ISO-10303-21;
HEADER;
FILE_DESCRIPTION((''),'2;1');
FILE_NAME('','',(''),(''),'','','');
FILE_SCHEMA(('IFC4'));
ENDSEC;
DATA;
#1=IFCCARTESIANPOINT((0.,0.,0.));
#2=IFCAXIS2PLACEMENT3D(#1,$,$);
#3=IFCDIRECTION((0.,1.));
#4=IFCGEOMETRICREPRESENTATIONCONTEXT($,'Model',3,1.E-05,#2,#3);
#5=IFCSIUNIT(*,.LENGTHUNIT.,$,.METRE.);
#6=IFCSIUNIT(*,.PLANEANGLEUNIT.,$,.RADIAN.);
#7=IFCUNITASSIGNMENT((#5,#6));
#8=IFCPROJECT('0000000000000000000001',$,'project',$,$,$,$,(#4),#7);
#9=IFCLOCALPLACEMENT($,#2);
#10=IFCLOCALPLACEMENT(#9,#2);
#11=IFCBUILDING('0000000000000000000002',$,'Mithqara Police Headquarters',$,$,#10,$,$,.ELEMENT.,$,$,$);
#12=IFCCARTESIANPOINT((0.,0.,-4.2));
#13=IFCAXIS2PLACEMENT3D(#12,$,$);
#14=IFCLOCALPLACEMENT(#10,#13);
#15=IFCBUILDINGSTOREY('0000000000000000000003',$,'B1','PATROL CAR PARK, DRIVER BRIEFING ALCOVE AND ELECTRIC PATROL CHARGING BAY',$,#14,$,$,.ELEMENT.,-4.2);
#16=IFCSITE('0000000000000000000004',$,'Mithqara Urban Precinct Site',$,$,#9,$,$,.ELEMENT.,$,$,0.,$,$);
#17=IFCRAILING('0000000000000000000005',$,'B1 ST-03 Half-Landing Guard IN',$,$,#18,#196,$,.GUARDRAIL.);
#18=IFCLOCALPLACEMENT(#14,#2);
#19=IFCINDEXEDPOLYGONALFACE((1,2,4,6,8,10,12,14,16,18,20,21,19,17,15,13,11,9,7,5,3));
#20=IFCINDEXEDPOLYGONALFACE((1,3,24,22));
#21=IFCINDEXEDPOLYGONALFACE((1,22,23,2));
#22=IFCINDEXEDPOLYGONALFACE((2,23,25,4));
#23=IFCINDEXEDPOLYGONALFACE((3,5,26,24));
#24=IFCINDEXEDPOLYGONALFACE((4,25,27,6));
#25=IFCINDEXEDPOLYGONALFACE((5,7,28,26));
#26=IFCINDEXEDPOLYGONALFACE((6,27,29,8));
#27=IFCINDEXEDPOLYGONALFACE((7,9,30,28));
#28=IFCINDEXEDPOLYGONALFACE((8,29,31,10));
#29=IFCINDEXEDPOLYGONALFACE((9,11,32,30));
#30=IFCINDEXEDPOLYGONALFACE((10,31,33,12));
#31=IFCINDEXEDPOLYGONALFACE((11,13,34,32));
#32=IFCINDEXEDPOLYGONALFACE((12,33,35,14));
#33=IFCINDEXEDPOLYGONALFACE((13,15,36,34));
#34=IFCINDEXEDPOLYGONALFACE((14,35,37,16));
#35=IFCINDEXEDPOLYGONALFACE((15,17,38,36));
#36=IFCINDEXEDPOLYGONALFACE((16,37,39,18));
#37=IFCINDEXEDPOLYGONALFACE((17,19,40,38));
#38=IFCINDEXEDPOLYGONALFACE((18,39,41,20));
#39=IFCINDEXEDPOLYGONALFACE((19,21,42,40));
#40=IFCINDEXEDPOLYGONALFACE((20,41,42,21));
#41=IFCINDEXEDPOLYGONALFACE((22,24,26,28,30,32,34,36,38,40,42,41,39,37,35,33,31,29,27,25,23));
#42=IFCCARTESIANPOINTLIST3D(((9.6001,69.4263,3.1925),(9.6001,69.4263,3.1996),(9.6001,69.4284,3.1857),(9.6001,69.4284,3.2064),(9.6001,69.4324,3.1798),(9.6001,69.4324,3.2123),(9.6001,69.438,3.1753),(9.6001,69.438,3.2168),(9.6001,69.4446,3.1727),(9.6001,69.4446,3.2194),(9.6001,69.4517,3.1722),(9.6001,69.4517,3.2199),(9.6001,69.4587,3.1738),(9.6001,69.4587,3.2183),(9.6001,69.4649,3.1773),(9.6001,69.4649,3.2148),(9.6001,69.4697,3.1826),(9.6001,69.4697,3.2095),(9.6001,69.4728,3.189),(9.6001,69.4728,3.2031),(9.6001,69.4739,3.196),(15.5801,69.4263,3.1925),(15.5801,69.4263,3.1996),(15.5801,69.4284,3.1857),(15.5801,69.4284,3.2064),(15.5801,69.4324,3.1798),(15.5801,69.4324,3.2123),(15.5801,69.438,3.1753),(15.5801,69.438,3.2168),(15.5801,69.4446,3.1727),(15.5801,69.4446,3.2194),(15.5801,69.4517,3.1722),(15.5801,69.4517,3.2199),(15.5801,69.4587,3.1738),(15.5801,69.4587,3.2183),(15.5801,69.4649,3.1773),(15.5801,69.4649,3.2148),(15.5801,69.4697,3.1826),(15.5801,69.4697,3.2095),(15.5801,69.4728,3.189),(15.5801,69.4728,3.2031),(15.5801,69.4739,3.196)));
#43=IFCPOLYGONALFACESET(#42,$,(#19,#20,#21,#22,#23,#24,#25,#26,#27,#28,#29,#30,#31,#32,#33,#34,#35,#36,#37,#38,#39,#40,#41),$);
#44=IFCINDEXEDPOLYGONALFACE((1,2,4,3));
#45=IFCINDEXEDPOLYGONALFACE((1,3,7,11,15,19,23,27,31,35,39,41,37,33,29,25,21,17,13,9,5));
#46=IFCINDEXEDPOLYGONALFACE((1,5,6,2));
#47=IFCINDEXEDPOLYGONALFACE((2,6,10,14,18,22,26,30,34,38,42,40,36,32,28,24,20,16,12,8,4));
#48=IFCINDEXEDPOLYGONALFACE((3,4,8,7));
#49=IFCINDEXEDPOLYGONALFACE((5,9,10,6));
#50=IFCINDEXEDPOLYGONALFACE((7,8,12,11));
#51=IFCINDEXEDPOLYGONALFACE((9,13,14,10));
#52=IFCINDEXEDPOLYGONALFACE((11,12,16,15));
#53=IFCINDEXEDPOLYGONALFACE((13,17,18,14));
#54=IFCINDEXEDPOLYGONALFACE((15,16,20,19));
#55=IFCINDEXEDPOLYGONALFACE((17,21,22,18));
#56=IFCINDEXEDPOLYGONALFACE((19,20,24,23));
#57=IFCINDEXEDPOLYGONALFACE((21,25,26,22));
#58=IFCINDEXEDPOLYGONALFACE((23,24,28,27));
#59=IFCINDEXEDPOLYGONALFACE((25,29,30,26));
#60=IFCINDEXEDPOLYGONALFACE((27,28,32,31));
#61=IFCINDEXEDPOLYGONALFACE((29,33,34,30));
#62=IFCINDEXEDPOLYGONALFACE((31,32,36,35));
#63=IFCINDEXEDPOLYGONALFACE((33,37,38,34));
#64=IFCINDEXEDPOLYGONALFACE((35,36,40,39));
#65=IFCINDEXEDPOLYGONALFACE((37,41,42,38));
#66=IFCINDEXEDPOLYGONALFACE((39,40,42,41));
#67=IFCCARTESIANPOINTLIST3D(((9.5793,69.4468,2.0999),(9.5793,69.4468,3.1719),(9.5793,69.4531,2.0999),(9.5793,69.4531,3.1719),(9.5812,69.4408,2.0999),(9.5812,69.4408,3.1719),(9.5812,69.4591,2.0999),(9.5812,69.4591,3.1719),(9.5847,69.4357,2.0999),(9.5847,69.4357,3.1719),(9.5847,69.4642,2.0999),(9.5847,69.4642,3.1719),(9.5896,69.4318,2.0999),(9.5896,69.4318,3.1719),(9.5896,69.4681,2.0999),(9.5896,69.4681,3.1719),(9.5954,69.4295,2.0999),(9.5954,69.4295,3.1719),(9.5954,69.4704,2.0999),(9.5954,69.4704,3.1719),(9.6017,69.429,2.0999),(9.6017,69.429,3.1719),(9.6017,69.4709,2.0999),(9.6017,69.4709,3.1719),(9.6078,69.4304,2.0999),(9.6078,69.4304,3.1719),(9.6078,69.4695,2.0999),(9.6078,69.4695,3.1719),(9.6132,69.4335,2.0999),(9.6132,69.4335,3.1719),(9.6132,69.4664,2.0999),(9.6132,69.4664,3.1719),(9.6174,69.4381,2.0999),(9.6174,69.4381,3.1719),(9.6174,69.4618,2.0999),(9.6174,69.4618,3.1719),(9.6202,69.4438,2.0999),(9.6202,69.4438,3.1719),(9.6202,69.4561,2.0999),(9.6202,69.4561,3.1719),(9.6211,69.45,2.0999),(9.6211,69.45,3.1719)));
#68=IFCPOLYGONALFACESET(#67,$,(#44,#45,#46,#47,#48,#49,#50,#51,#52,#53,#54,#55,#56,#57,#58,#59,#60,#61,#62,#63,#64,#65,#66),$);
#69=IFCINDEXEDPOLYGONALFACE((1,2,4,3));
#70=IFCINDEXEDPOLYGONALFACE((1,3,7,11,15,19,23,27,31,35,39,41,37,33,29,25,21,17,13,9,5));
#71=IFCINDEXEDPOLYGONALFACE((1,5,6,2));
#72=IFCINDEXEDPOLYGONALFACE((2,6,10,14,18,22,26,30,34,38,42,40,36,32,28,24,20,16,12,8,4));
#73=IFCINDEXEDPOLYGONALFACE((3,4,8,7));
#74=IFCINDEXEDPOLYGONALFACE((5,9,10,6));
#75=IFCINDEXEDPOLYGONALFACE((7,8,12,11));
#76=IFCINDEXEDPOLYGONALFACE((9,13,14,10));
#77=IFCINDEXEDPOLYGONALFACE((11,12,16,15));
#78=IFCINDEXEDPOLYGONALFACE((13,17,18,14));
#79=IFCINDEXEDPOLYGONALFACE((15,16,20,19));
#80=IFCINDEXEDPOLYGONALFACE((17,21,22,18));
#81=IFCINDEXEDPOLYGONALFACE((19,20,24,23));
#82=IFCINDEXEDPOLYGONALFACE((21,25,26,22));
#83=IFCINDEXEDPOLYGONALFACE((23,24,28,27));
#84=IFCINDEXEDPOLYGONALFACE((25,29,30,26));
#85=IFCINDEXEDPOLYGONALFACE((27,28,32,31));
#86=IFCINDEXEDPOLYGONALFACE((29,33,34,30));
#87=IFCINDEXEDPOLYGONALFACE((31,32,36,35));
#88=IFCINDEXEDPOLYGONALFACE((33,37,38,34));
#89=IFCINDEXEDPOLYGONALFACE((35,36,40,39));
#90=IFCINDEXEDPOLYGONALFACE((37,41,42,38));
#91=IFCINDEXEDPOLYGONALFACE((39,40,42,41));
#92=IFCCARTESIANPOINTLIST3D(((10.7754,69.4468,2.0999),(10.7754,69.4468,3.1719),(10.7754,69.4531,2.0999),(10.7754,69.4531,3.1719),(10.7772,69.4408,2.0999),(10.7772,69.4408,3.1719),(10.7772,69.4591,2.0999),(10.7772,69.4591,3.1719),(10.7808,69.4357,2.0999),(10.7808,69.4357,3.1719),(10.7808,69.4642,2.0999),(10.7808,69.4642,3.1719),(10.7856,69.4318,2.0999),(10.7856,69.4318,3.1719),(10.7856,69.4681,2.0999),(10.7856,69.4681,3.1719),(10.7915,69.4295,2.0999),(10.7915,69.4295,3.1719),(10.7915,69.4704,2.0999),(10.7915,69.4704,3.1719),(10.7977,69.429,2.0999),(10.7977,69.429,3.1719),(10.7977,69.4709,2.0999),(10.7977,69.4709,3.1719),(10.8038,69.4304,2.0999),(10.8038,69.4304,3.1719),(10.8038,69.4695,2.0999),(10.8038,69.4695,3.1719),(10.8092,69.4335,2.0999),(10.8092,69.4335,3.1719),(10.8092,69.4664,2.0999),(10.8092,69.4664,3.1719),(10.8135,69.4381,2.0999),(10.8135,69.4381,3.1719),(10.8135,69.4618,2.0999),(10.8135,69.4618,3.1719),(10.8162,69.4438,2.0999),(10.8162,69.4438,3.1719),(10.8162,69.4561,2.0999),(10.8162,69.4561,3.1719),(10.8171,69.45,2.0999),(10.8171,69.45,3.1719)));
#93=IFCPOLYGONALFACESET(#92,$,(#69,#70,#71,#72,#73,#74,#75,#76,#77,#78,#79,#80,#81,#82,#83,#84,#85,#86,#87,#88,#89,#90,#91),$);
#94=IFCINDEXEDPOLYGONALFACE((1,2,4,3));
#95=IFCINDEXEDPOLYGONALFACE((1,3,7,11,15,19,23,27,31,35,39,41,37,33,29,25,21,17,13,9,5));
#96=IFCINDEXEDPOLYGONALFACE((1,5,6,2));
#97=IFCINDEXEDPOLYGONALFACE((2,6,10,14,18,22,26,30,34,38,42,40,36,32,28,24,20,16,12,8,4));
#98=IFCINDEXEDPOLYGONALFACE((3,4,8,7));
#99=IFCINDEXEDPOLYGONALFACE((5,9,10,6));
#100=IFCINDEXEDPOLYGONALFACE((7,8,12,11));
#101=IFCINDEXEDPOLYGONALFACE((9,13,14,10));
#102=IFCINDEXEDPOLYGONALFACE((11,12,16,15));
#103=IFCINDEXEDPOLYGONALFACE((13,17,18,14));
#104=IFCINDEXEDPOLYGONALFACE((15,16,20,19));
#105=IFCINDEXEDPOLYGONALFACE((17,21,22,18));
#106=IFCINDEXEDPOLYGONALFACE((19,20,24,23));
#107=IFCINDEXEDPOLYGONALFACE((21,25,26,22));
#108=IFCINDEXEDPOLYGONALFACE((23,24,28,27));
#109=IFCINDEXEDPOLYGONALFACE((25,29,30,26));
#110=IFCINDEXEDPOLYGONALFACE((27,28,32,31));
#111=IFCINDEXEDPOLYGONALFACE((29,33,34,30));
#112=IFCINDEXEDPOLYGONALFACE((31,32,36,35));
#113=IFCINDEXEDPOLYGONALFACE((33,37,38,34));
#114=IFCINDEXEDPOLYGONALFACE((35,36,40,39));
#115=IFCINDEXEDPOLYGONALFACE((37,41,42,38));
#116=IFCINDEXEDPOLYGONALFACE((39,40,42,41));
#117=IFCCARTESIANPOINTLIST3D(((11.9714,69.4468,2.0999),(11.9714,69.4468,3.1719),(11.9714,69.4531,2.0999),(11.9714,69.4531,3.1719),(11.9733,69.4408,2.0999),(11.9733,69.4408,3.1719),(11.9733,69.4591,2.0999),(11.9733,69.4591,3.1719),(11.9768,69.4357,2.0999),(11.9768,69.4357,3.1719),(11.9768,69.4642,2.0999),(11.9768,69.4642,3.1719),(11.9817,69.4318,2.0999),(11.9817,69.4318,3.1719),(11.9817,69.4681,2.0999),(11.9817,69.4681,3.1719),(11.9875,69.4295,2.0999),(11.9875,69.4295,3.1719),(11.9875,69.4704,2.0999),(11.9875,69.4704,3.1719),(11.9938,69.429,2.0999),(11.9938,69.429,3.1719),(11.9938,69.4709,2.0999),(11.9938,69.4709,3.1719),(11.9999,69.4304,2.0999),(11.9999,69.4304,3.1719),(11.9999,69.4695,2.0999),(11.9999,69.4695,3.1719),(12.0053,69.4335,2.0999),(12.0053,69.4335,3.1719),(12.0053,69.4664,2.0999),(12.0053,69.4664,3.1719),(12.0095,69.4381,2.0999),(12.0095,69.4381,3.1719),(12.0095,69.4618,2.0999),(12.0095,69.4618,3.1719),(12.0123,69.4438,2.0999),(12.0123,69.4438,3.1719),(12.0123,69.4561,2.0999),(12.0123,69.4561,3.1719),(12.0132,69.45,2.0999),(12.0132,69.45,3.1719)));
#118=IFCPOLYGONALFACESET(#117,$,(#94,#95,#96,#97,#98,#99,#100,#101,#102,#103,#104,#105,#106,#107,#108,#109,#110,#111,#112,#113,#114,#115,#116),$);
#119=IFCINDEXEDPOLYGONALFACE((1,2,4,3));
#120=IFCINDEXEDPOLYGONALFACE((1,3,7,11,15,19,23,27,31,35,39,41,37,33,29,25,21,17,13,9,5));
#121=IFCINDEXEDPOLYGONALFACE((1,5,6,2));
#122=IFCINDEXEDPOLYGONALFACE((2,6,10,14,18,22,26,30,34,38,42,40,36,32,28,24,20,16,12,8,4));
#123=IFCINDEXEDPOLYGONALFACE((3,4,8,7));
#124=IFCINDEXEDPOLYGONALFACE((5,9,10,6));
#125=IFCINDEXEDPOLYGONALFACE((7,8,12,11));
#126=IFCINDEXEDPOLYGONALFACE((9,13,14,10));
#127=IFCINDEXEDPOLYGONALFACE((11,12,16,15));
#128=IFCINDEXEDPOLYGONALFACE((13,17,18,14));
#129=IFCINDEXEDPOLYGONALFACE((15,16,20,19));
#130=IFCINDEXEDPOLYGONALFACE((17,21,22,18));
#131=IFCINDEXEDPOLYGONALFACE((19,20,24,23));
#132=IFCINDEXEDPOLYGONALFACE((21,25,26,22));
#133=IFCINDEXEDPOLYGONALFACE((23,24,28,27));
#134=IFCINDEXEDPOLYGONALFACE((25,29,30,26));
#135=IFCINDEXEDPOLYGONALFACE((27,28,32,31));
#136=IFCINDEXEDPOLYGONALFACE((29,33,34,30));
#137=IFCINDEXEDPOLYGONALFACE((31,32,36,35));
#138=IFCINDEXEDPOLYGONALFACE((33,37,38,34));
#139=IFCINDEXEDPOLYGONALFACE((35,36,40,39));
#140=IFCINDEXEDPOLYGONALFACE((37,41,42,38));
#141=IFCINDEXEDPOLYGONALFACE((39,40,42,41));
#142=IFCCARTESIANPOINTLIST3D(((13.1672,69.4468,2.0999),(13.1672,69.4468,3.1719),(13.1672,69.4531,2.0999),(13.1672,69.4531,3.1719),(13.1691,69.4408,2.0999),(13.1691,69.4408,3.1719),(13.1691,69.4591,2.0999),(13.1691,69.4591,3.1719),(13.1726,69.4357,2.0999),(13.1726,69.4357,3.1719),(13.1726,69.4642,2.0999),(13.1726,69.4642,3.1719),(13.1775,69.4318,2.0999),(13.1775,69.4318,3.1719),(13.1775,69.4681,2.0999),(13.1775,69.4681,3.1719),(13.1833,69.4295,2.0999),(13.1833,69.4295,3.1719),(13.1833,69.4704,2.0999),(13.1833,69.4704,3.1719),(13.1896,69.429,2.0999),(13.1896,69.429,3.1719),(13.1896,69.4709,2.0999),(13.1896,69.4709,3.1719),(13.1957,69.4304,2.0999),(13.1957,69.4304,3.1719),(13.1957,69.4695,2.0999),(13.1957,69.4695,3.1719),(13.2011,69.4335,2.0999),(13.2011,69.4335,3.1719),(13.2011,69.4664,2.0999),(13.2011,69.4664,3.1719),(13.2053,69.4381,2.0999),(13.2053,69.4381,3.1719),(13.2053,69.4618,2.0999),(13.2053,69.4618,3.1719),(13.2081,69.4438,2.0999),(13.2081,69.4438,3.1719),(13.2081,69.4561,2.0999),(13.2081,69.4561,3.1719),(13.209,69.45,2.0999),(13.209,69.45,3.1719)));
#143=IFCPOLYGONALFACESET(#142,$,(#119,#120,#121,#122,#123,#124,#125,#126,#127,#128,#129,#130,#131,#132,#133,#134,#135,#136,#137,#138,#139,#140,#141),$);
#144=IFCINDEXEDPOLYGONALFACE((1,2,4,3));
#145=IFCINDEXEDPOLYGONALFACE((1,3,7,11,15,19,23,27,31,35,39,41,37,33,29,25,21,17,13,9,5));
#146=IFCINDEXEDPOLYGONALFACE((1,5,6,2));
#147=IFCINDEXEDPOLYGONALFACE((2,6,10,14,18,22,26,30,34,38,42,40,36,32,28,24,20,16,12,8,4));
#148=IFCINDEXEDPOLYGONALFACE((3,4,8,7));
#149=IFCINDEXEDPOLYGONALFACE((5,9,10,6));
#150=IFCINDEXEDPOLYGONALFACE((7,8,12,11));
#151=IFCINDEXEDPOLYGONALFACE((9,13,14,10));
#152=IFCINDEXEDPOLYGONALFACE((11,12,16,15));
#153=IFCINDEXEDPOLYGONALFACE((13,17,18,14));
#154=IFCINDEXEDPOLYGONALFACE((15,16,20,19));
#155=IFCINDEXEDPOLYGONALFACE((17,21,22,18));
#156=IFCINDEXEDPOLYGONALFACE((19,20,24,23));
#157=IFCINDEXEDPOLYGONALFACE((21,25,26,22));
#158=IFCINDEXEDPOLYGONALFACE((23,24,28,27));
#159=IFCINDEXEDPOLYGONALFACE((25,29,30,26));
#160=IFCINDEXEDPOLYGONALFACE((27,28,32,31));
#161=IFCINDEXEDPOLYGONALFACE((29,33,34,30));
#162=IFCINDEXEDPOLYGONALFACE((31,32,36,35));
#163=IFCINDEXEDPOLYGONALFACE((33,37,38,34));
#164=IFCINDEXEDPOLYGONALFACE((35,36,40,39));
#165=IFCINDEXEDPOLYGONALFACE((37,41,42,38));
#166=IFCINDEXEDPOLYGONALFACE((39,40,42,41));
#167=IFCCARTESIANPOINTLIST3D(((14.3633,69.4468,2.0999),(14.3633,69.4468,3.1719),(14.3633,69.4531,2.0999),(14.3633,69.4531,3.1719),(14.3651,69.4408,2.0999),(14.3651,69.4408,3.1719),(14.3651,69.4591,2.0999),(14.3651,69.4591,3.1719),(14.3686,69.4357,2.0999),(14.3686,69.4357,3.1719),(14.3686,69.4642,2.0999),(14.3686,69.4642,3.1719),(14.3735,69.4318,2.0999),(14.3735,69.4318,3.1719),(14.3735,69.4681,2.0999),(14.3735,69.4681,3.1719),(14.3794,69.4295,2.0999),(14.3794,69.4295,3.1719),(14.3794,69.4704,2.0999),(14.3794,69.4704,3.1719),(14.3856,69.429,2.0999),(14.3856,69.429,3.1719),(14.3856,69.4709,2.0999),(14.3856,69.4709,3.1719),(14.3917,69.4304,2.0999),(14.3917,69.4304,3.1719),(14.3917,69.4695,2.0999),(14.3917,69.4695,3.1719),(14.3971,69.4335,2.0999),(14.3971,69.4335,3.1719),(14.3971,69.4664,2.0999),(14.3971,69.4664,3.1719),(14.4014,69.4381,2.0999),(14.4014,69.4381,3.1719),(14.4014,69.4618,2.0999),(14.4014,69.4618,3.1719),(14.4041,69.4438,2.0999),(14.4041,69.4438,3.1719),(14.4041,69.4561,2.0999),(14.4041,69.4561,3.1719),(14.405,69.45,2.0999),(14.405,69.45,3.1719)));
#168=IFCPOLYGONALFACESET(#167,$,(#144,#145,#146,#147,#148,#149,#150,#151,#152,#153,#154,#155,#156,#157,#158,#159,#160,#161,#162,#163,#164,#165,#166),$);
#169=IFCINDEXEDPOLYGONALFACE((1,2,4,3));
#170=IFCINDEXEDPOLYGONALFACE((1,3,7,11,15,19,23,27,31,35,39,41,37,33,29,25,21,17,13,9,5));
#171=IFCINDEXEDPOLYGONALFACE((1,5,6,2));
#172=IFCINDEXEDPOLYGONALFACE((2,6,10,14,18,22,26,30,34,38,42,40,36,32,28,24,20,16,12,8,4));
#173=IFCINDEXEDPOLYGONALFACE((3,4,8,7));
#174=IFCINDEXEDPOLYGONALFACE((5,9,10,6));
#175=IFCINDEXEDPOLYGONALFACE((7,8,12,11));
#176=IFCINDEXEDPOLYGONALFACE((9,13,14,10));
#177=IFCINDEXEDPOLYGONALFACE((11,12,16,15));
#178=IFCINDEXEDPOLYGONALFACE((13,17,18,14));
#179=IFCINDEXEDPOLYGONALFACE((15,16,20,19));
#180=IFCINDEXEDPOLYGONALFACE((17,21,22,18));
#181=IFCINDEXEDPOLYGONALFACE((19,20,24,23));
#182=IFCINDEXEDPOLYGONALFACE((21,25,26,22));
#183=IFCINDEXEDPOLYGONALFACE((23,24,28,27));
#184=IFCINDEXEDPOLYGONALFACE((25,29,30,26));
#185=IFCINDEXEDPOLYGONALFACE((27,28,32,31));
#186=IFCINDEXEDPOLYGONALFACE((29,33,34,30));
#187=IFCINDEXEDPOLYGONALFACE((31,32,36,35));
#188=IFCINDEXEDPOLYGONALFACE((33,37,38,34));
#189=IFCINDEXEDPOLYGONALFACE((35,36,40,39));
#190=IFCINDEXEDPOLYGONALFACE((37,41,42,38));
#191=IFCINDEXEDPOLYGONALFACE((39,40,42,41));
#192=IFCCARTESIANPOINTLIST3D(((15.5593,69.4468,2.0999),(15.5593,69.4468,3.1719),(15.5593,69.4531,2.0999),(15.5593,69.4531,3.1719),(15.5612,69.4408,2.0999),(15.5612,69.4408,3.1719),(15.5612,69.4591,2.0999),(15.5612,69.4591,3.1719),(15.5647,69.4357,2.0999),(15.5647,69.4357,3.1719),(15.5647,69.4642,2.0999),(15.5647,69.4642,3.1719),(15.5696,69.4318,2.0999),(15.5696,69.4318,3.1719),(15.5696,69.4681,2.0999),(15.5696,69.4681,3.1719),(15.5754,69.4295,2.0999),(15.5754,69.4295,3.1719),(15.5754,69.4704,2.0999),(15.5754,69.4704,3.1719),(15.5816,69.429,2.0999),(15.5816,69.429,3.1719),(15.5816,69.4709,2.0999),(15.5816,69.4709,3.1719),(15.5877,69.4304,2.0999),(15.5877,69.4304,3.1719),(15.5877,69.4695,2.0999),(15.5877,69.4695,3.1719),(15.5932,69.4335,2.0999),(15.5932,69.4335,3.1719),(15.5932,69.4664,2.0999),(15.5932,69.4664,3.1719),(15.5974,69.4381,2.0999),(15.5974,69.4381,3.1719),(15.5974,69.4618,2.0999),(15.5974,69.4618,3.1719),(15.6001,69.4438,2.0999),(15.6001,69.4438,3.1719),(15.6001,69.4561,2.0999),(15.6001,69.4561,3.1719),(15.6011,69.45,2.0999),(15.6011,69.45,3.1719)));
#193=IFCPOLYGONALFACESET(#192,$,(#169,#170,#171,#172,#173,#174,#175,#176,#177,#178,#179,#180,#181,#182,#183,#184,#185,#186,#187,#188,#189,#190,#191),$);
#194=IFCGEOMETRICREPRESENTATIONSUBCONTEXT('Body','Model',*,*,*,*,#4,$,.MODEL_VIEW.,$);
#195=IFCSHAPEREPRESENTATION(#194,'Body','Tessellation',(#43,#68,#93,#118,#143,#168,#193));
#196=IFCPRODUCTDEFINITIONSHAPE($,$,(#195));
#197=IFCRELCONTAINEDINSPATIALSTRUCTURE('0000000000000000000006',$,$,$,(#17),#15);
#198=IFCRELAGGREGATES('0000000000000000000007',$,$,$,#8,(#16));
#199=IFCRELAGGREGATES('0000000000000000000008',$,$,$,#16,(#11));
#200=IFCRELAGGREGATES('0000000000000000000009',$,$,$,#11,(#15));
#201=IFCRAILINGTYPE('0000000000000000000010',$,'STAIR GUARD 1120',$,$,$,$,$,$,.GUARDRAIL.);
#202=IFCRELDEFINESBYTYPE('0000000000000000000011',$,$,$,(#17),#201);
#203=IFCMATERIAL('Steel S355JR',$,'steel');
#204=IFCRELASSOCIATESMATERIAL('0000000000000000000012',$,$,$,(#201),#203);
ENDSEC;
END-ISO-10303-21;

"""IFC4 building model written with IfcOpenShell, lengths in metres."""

from ifc_helpers import new_model, si_unit, direction, frame, origin, origin_2d, place, context, subcontext, project, spatial, circle, extrude, material, type_object, element, save


model = new_model("IFC4")

# Units and contexts
model_context = context("Model", 3, precision=1e-05, world=origin(), true_north=direction((0.0, 1.0)))
body_context = subcontext(model_context, "Body", "Model", "MODEL_VIEW")
ifc_project = project(units=[si_unit("LENGTHUNIT", "METRE"), si_unit("PLANEANGLEUNIT", "RADIAN")], contexts=[model_context])

# Site, building, storey
site_placement = place(None, origin())
site = spatial("IfcSite", under=ifc_project, at=site_placement, Name="Mithqara Urban Precinct Site", CompositionType="ELEMENT", RefElevation=0.0)
building_placement = place(site_placement, origin())
building = spatial("IfcBuilding", under=site, at=building_placement, Name="Mithqara Police Headquarters", CompositionType="ELEMENT")
storey_placement = place(building_placement, frame((0.0, 0.0, -4.2)))
storey = spatial("IfcBuildingStorey", under=building, at=storey_placement, Name="B1", Description="PATROL CAR PARK, DRIVER BRIEFING ALCOVE AND ELECTRIC PATROL CHARGING BAY", CompositionType="ELEMENT", Elevation=-4.2)

# Shared definitions
ifc_material_1 = material(Name="Steel S355JR", Category="steel")

# Railing
railing_type_1 = type_object("IfcRailingType", Name="STAIR GUARD 1120", PredefinedType="GUARDRAIL", material=ifc_material_1)
for number, where, name in (
    (1, (9.6001, 69.45, 2.0999), "B1 ST-03 Half-Landing Guard IN"),
):
    element("IfcRailing", number, at=place(storey_placement, frame(where)), inside=storey, type_object=railing_type_1, Name=name, PredefinedType="GUARDRAIL", context=body_context, shape_type="SweptSolid", body=[
        extrude(circle(Radius=0.0239, at=origin_2d()), frame((0.0, 0.0, 1.0962), z_axis=(1.0, 0.0, 0.0), x_axis=(0.0, 1.0, 0.0)), (0.0, 0.0, 1.0), 5.98),
        extrude(circle(Radius=0.021, at=origin_2d()), origin(), (0.0, 0.0, 1.0), 1.072),
        extrude(circle(Radius=0.021, at=origin_2d()), frame((1.196, 0.0, 0.0)), (0.0, 0.0, 1.0), 1.072),
        extrude(circle(Radius=0.021, at=origin_2d()), frame((2.3921, 0.0, 0.0)), (0.0, 0.0, 1.0), 1.072),
        extrude(circle(Radius=0.021, at=origin_2d()), frame((3.5879, 0.0, 0.0)), (0.0, 0.0, 1.0), 1.072),
        extrude(circle(Radius=0.021, at=origin_2d()), frame((4.7839, 0.0, 0.0)), (0.0, 0.0, 1.0), 1.072),
        extrude(circle(Radius=0.021, at=origin_2d()), frame((5.98, 0.0, 0.0)), (0.0, 0.0, 1.0), 1.072),
    ])

save(model, "model.ifc")
